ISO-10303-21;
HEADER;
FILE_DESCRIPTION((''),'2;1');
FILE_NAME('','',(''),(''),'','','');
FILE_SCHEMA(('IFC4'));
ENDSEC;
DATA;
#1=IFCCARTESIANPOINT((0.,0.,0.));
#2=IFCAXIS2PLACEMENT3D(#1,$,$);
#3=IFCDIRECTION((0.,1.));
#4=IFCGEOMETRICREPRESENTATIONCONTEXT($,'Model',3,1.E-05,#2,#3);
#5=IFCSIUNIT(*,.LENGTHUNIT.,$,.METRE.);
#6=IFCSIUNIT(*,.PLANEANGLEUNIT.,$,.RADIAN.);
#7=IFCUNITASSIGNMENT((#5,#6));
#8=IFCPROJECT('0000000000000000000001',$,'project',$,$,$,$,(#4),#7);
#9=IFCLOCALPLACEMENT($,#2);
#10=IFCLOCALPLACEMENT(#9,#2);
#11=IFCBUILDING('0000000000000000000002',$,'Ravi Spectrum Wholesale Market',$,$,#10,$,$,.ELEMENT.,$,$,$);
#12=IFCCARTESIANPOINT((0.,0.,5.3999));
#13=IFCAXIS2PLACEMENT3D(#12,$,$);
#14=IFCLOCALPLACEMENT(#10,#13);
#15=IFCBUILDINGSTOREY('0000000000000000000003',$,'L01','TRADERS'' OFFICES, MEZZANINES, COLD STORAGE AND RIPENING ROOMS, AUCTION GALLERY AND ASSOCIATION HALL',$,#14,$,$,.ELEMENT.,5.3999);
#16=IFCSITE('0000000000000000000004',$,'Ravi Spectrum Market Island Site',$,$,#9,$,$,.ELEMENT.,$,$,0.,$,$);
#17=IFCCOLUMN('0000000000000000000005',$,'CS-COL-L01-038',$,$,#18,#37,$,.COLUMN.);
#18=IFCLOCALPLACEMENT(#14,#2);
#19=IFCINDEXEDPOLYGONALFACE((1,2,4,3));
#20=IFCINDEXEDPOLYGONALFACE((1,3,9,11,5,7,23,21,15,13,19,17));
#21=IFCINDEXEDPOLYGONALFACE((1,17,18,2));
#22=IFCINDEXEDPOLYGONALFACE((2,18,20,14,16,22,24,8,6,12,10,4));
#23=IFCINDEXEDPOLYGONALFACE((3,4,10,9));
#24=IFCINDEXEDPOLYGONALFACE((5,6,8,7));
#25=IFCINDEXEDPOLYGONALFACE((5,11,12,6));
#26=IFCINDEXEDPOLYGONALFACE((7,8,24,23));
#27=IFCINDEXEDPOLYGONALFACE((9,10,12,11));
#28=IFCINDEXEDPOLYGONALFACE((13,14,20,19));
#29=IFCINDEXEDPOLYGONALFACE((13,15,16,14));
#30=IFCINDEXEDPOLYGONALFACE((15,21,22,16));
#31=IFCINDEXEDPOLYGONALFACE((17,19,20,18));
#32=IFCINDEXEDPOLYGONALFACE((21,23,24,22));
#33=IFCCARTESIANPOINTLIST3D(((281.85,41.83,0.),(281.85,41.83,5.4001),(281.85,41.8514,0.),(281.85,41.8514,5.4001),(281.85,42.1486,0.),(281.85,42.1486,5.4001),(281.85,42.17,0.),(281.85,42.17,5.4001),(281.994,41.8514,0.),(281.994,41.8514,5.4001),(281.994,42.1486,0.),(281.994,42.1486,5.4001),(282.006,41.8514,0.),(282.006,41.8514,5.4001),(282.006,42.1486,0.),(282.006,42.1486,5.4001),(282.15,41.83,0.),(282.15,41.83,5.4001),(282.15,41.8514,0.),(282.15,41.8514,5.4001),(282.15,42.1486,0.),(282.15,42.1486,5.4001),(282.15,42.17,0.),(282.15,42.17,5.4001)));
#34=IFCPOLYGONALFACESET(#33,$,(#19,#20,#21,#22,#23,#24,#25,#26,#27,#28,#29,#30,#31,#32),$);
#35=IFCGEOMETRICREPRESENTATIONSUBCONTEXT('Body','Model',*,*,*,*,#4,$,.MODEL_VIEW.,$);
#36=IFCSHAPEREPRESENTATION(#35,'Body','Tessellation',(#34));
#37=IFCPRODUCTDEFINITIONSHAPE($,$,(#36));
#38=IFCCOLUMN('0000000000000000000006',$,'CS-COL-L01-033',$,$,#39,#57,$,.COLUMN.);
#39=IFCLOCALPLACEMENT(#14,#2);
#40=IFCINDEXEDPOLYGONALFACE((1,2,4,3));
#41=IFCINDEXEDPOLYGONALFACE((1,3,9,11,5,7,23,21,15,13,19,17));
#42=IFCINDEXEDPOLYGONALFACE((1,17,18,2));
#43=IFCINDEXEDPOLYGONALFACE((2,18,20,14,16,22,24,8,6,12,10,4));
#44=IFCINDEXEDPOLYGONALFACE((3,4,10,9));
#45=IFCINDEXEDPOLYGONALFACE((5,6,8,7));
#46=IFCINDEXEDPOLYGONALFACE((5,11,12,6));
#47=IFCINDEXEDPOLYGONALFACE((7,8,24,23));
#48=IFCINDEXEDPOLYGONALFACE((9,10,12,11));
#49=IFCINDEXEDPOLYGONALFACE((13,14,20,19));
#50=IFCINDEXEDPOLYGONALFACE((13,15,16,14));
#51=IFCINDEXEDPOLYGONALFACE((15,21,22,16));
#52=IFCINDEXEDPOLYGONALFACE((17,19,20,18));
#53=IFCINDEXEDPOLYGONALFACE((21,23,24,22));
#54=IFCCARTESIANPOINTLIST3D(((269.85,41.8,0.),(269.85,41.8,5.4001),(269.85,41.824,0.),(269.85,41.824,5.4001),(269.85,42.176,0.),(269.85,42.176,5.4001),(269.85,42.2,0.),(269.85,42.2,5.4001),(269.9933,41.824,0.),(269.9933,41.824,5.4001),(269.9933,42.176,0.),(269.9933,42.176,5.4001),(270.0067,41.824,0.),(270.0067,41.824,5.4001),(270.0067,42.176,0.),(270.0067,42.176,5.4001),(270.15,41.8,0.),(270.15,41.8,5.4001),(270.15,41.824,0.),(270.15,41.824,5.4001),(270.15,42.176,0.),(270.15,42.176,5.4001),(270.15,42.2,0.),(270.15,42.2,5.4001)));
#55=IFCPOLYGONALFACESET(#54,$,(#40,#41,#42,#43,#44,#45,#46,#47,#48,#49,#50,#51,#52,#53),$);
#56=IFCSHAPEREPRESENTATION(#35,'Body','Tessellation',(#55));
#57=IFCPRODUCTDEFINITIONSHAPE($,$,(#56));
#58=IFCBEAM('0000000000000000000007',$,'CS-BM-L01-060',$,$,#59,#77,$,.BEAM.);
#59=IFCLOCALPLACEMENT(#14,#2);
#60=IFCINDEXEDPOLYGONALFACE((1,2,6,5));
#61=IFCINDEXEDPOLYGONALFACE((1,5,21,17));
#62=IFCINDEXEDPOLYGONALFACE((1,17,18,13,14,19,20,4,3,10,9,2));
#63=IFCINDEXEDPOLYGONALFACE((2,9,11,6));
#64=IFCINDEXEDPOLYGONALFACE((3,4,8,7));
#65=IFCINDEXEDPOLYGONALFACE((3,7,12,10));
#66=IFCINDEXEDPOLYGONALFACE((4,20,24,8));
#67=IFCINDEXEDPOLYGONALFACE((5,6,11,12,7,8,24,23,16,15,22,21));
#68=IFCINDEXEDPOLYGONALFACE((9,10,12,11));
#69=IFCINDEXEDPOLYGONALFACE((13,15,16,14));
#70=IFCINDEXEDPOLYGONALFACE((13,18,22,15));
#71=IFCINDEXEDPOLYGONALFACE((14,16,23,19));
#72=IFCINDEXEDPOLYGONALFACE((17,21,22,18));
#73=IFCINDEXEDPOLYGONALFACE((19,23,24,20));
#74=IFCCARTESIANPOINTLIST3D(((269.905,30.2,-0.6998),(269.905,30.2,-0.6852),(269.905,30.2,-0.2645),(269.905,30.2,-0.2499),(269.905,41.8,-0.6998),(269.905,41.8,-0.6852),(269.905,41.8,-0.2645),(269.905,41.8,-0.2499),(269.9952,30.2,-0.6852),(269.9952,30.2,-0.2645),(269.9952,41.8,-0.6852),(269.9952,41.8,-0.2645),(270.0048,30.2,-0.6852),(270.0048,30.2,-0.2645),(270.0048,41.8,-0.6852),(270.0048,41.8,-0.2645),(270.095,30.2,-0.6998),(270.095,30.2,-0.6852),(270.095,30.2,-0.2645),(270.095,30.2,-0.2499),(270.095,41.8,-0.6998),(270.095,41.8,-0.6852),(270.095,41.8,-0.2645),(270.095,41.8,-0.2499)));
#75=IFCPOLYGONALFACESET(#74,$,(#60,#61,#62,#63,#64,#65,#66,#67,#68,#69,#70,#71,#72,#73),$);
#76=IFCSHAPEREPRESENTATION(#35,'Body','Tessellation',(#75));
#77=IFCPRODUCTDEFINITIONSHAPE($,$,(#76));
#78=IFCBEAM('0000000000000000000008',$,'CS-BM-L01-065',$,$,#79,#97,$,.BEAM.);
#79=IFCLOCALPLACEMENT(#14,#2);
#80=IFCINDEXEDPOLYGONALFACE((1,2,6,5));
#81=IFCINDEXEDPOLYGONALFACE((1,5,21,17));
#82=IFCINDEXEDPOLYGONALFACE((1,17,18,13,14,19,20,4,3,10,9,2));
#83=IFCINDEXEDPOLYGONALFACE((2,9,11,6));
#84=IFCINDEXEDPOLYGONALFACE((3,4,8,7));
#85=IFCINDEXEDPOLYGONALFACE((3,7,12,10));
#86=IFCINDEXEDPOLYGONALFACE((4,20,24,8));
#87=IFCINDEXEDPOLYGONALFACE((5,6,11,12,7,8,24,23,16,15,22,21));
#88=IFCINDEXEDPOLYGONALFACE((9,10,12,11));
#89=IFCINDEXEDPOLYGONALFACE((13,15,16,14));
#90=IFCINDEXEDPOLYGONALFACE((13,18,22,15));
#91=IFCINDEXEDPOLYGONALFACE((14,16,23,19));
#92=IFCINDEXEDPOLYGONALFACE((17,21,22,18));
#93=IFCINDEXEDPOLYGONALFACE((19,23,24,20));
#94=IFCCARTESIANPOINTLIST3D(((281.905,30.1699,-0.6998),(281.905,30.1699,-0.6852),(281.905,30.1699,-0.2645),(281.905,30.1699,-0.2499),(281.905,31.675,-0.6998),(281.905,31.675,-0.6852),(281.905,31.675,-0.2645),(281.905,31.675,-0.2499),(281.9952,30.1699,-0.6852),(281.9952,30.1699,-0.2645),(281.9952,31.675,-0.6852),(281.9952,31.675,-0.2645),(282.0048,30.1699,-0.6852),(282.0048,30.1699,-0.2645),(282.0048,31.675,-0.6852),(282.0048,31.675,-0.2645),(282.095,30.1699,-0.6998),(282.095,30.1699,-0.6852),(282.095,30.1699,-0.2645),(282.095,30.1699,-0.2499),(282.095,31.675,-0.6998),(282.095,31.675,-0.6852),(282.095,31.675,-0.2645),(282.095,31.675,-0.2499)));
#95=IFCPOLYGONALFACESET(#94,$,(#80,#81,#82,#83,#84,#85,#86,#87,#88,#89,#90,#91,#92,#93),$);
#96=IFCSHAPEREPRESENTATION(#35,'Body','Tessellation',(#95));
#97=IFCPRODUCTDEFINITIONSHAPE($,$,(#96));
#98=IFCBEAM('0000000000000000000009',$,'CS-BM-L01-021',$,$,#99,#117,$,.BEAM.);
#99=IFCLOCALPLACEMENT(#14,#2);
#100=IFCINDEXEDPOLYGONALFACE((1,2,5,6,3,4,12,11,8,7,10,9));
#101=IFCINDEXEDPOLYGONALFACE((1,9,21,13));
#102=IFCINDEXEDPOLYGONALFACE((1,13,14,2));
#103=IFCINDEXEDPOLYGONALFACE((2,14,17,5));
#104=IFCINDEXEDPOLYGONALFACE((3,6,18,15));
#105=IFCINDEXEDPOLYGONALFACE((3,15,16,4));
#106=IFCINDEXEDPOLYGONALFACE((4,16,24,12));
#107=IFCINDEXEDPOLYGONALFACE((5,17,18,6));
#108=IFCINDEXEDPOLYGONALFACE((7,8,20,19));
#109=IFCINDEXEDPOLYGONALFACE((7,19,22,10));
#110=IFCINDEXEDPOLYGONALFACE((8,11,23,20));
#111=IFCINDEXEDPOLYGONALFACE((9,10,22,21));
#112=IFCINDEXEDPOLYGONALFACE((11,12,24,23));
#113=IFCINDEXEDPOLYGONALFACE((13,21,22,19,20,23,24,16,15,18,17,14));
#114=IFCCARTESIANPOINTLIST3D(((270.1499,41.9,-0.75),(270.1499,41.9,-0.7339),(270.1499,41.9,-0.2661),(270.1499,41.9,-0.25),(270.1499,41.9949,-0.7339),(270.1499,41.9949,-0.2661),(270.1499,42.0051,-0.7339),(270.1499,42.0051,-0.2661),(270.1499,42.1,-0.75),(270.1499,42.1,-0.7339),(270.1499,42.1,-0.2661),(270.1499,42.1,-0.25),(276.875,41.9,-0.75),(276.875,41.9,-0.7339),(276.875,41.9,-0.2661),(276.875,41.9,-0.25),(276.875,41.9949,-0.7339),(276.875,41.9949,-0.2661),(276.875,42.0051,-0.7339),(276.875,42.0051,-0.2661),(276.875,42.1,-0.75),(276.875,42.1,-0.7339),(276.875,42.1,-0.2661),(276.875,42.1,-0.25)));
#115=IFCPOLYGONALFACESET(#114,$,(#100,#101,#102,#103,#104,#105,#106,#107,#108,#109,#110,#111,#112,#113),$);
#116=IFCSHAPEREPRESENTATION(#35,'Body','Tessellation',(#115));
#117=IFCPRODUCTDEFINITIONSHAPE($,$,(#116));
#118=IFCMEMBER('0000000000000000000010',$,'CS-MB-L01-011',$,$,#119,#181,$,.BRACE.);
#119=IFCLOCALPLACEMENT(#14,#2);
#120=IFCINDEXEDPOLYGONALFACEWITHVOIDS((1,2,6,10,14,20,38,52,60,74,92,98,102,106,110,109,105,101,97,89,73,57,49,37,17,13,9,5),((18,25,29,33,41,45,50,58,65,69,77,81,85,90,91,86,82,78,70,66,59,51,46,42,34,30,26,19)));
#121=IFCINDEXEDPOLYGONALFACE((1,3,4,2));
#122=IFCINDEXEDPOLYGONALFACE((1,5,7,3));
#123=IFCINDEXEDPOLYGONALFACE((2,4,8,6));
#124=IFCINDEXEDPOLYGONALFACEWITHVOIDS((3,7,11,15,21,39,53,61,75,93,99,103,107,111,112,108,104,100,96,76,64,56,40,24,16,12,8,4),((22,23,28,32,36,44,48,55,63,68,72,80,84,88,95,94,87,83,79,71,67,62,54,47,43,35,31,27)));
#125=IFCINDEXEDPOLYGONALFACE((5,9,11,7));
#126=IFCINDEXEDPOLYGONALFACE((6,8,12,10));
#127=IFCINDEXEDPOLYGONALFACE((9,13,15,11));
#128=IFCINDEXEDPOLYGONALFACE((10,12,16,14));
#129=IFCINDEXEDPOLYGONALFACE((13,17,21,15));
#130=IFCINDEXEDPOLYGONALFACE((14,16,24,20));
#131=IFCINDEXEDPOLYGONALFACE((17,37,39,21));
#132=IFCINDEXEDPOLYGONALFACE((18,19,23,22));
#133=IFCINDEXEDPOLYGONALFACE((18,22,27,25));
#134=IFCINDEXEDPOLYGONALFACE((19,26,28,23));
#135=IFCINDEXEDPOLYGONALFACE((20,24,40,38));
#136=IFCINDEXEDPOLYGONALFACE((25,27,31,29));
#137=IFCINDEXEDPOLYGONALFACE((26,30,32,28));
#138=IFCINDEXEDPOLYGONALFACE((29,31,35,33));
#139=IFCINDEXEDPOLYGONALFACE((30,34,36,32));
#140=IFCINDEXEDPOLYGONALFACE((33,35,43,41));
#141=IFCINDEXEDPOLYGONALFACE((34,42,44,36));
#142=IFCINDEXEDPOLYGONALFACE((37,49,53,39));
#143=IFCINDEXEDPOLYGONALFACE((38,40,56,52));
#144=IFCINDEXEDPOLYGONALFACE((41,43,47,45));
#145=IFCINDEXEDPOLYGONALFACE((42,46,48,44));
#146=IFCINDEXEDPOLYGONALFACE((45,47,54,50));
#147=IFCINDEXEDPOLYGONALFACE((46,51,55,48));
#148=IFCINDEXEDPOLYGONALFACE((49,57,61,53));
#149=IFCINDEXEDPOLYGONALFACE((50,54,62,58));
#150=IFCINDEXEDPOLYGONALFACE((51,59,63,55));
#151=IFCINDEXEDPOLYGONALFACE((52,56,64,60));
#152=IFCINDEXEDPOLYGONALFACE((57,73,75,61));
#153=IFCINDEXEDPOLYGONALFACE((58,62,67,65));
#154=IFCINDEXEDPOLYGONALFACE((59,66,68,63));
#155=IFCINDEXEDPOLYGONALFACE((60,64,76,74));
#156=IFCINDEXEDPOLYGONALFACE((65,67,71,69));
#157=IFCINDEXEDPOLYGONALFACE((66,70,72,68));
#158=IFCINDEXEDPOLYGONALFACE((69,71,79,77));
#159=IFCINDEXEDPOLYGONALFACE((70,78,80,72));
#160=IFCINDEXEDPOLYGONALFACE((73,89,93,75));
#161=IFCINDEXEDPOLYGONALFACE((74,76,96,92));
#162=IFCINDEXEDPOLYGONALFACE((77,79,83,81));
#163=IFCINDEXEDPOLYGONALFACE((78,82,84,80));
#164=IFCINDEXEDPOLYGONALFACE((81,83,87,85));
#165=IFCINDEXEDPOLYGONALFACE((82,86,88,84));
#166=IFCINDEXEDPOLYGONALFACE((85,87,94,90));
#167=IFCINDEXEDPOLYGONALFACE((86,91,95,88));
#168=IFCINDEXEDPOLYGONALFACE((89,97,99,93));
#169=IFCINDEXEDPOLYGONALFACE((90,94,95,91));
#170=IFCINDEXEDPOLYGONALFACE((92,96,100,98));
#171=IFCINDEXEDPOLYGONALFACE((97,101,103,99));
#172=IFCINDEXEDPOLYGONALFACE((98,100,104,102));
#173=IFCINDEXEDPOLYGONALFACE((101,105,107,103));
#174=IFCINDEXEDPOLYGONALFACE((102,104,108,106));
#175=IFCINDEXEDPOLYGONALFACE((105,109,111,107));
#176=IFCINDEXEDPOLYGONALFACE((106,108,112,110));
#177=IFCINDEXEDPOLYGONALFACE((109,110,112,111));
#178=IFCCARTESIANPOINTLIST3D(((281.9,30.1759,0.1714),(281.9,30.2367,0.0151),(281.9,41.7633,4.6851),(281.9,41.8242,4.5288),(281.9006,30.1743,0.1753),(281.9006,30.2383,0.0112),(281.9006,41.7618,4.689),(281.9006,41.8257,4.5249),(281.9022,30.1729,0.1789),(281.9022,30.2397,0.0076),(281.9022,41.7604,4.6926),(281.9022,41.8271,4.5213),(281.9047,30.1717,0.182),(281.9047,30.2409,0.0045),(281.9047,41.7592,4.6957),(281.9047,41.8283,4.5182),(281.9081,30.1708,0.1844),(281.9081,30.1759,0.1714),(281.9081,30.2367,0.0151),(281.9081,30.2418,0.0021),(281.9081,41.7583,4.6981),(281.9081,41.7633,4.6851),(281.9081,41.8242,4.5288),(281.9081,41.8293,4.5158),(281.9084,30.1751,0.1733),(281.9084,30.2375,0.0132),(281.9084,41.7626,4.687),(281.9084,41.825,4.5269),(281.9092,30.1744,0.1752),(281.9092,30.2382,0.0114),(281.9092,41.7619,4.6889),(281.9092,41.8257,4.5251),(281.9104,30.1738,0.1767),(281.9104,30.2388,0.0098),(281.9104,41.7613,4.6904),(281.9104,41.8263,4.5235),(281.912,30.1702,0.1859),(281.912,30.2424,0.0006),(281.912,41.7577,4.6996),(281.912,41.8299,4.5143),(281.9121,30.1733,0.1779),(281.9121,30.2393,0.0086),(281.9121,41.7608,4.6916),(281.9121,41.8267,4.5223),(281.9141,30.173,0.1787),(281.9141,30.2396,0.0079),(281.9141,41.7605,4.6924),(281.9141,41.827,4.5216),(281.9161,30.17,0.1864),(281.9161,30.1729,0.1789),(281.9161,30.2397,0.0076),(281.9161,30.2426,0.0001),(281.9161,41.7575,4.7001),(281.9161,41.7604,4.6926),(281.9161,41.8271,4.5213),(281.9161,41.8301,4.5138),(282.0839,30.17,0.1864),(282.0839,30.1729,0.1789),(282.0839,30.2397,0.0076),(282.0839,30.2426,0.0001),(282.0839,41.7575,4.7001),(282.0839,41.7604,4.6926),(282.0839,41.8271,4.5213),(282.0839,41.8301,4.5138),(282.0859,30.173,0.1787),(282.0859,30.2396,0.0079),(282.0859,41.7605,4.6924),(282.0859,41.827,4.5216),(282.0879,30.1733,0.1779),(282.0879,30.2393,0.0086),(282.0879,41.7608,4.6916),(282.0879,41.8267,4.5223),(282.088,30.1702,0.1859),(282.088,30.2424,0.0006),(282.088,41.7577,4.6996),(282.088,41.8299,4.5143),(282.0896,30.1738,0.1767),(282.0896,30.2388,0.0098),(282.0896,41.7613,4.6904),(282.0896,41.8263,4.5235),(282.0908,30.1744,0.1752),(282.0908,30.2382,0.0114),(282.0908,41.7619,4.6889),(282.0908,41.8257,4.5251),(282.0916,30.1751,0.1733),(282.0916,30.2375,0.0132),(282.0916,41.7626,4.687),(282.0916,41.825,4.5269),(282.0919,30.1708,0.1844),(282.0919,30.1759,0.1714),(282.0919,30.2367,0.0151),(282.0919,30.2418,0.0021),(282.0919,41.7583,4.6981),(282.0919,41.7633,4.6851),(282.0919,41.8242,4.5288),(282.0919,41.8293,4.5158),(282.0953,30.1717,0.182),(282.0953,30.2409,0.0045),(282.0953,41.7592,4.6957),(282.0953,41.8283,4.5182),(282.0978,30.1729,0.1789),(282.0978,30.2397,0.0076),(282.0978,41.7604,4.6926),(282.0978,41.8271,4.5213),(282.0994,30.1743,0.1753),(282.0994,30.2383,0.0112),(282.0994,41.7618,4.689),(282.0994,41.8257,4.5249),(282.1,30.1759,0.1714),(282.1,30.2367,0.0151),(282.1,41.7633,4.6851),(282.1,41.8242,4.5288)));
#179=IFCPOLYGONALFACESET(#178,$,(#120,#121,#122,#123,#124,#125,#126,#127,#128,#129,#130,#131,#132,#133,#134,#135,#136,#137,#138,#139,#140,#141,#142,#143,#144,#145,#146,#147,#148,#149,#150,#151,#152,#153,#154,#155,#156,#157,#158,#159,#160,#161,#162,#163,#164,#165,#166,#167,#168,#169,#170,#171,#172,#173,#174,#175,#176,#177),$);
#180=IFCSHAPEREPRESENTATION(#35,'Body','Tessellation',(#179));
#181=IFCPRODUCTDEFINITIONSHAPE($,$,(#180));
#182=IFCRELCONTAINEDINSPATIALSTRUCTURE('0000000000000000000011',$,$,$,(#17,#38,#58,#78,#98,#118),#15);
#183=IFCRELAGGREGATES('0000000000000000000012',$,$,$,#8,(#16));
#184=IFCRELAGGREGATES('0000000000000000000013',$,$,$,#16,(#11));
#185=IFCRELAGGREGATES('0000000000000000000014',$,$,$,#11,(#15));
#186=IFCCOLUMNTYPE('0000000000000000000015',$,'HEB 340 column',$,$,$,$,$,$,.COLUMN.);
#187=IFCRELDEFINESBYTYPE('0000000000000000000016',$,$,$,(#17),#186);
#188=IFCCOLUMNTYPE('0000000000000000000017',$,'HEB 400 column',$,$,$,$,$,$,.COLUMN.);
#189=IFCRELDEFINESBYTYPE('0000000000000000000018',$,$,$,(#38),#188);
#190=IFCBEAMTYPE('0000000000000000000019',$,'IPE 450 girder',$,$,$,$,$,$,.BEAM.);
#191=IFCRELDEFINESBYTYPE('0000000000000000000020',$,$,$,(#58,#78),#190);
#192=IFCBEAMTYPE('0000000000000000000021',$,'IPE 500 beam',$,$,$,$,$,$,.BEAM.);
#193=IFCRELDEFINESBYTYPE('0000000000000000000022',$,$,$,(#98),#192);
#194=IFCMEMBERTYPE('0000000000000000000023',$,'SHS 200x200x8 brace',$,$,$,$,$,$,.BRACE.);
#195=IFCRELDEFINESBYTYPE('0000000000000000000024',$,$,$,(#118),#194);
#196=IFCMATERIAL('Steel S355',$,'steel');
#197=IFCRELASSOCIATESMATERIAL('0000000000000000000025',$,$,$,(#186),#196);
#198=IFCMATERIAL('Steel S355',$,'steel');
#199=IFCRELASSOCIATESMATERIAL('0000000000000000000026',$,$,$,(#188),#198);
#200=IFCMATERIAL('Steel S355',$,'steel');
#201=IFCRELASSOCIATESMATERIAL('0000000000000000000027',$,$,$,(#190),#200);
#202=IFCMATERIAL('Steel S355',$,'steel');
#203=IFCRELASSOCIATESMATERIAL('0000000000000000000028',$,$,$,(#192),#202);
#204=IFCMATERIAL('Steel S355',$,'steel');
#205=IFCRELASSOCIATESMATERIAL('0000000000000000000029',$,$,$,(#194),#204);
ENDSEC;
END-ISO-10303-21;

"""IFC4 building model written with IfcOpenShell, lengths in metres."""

from ifc_helpers import new_model, si_unit, direction, frame, origin, origin_2d, place, context, subcontext, project, spatial, hollow_rectangle, i_section, extrude, material, material_profile, profile_set, type_object, element, save


model = new_model("IFC4")

# Units and contexts
model_context = context("Model", 3, precision=1e-05, world=origin(), true_north=direction((0.0, 1.0)))
body_context = subcontext(model_context, "Body", "Model", "MODEL_VIEW")
ifc_project = project(units=[si_unit("LENGTHUNIT", "METRE"), si_unit("PLANEANGLEUNIT", "RADIAN")], contexts=[model_context])

# Site, building, storey
site_placement = place(None, origin())
site = spatial("IfcSite", under=ifc_project, at=site_placement, Name="Ravi Spectrum Market Island Site", CompositionType="ELEMENT", RefElevation=0.0)
building_placement = place(site_placement, origin())
building = spatial("IfcBuilding", under=site, at=building_placement, Name="Ravi Spectrum Wholesale Market", CompositionType="ELEMENT")
storey_placement = place(building_placement, frame((0.0, 0.0, 5.3999)))
storey = spatial("IfcBuildingStorey", under=building, at=storey_placement, Name="L01", Description="TRADERS' OFFICES, MEZZANINES, COLD STORAGE AND RIPENING ROOMS, AUCTION GALLERY AND ASSOCIATION HALL", CompositionType="ELEMENT", Elevation=5.3999)

# Columns
ifc_material_1 = material(Name="Steel S355", Category="steel")
ifc_material_profile_1 = material_profile(ifc_material_1, i_section(OverallWidth=0.3, OverallDepth=0.3401, WebThickness=0.012, FlangeThickness=0.0215, at=origin_2d()))
ifc_profile_set_1 = profile_set([ifc_material_profile_1], Name="Steel S355")
column_type_1 = type_object("IfcColumnType", Name="HEB 340 column", PredefinedType="COLUMN", material=ifc_profile_set_1)
column_1_placement = place(storey_placement, frame((282.0, 42.0, 0.0), z_axis=(0.0, 0.0, 1.0), x_axis=(1.0, 0.0, 0.0)))
element("IfcColumn", 1, at=column_1_placement, inside=storey, type_object=column_type_1, Name="CS-COL-L01-038", PredefinedType="COLUMN", context=body_context, shape_type="SweptSolid", body=[
    extrude(i_section(OverallWidth=0.3, OverallDepth=0.3401, WebThickness=0.012, FlangeThickness=0.0215, at=origin_2d()), origin(), (0.0, 0.0, 1.0), 5.4001),
])
ifc_material_2 = material(Name="Steel S355", Category="steel")
ifc_material_profile_2 = material_profile(ifc_material_2, i_section(OverallWidth=0.3, OverallDepth=0.3999, WebThickness=0.0134, FlangeThickness=0.0239, at=origin_2d()))
ifc_profile_set_2 = profile_set([ifc_material_profile_2], Name="Steel S355")
column_type_2 = type_object("IfcColumnType", Name="HEB 400 column", PredefinedType="COLUMN", material=ifc_profile_set_2)
column_2_placement = place(storey_placement, frame((270.0, 42.0, 0.0), z_axis=(0.0, 0.0, 1.0), x_axis=(1.0, 0.0, 0.0)))
element("IfcColumn", 2, at=column_2_placement, inside=storey, type_object=column_type_2, Name="CS-COL-L01-033", PredefinedType="COLUMN", context=body_context, shape_type="SweptSolid", body=[
    extrude(i_section(OverallWidth=0.3, OverallDepth=0.3999, WebThickness=0.0134, FlangeThickness=0.0239, at=origin_2d()), origin(), (0.0, 0.0, 1.0), 5.4001),
])

# Beams
ifc_material_3 = material(Name="Steel S355", Category="steel")
ifc_material_profile_3 = material_profile(ifc_material_3, i_section(OverallWidth=0.1899, OverallDepth=0.45, WebThickness=0.0095, FlangeThickness=0.0146, at=origin_2d()))
ifc_profile_set_3 = profile_set([ifc_material_profile_3], Name="Steel S355")
beam_type_1 = type_object("IfcBeamType", Name="IPE 450 girder", PredefinedType="BEAM", material=ifc_profile_set_3)
beam_1_placement = place(storey_placement, frame((270.0, 30.2, -0.4749), z_axis=(0.0, 1.0, 0.0), x_axis=(-1.0, 0.0, 0.0)))
element("IfcBeam", 3, at=beam_1_placement, inside=storey, type_object=beam_type_1, Name="CS-BM-L01-060", PredefinedType="BEAM", context=body_context, shape_type="SweptSolid", body=[
    extrude(i_section(OverallWidth=0.1899, OverallDepth=0.45, WebThickness=0.0095, FlangeThickness=0.0146, at=origin_2d()), origin(), (0.0, 0.0, 1.0), 11.6001),
])
beam_2_placement = place(storey_placement, frame((282.0, 30.1699, -0.4749), z_axis=(0.0, 1.0, 0.0), x_axis=(-1.0, 0.0, 0.0)))
element("IfcBeam", 4, at=beam_2_placement, inside=storey, type_object=beam_type_1, Name="CS-BM-L01-065", PredefinedType="BEAM", context=body_context, shape_type="SweptSolid", body=[
    extrude(i_section(OverallWidth=0.1899, OverallDepth=0.45, WebThickness=0.0095, FlangeThickness=0.0146, at=origin_2d()), origin(), (0.0, 0.0, 1.0), 1.5051),
])
ifc_material_4 = material(Name="Steel S355", Category="steel")
ifc_material_profile_4 = material_profile(ifc_material_4, i_section(OverallWidth=0.2, OverallDepth=0.5, WebThickness=0.0103, FlangeThickness=0.0161, at=origin_2d()))
ifc_profile_set_4 = profile_set([ifc_material_profile_4], Name="Steel S355")
beam_type_2 = type_object("IfcBeamType", Name="IPE 500 beam", PredefinedType="BEAM", material=ifc_profile_set_4)
beam_3_placement = place(storey_placement, frame((270.1499, 42.0, -0.5), z_axis=(1.0, 0.0, 0.0), x_axis=(0.0, 1.0, 0.0)))
element("IfcBeam", 5, at=beam_3_placement, inside=storey, type_object=beam_type_2, Name="CS-BM-L01-021", PredefinedType="BEAM", context=body_context, shape_type="SweptSolid", body=[
    extrude(i_section(OverallWidth=0.2, OverallDepth=0.5, WebThickness=0.0103, FlangeThickness=0.0161, at=origin_2d()), origin(), (0.0, 0.0, 1.0), 6.7251),
])

# Member
ifc_material_5 = material(Name="Steel S355", Category="steel")
ifc_material_profile_5 = material_profile(ifc_material_5, hollow_rectangle(XDim=0.2, YDim=0.2, WallThickness=0.0081, InnerFilletRadius=0.0081, OuterFilletRadius=0.0161, at=origin_2d()))
ifc_profile_set_5 = profile_set([ifc_material_profile_5], Name="Steel S355")
member_type = type_object("IfcMemberType", Name="SHS 200x200x8 brace", PredefinedType="BRACE", material=ifc_profile_set_5)
member_placement = place(storey_placement, frame((282.0, 30.2063, 0.0933), z_axis=(0.0, 0.931802, 0.362967), x_axis=(-1.0, 0.0, 0.0)))
element("IfcMember", 6, at=member_placement, inside=storey, type_object=member_type, Name="CS-MB-L01-011", PredefinedType="BRACE", context=body_context, shape_type="SweptSolid", body=[
    extrude(hollow_rectangle(XDim=0.2, YDim=0.2, WallThickness=0.0081, InnerFilletRadius=0.0081, OuterFilletRadius=0.0161, at=origin_2d()), origin(), (0.0, 0.0, 1.0), 12.4355),
])

save(model, "model.ifc")
